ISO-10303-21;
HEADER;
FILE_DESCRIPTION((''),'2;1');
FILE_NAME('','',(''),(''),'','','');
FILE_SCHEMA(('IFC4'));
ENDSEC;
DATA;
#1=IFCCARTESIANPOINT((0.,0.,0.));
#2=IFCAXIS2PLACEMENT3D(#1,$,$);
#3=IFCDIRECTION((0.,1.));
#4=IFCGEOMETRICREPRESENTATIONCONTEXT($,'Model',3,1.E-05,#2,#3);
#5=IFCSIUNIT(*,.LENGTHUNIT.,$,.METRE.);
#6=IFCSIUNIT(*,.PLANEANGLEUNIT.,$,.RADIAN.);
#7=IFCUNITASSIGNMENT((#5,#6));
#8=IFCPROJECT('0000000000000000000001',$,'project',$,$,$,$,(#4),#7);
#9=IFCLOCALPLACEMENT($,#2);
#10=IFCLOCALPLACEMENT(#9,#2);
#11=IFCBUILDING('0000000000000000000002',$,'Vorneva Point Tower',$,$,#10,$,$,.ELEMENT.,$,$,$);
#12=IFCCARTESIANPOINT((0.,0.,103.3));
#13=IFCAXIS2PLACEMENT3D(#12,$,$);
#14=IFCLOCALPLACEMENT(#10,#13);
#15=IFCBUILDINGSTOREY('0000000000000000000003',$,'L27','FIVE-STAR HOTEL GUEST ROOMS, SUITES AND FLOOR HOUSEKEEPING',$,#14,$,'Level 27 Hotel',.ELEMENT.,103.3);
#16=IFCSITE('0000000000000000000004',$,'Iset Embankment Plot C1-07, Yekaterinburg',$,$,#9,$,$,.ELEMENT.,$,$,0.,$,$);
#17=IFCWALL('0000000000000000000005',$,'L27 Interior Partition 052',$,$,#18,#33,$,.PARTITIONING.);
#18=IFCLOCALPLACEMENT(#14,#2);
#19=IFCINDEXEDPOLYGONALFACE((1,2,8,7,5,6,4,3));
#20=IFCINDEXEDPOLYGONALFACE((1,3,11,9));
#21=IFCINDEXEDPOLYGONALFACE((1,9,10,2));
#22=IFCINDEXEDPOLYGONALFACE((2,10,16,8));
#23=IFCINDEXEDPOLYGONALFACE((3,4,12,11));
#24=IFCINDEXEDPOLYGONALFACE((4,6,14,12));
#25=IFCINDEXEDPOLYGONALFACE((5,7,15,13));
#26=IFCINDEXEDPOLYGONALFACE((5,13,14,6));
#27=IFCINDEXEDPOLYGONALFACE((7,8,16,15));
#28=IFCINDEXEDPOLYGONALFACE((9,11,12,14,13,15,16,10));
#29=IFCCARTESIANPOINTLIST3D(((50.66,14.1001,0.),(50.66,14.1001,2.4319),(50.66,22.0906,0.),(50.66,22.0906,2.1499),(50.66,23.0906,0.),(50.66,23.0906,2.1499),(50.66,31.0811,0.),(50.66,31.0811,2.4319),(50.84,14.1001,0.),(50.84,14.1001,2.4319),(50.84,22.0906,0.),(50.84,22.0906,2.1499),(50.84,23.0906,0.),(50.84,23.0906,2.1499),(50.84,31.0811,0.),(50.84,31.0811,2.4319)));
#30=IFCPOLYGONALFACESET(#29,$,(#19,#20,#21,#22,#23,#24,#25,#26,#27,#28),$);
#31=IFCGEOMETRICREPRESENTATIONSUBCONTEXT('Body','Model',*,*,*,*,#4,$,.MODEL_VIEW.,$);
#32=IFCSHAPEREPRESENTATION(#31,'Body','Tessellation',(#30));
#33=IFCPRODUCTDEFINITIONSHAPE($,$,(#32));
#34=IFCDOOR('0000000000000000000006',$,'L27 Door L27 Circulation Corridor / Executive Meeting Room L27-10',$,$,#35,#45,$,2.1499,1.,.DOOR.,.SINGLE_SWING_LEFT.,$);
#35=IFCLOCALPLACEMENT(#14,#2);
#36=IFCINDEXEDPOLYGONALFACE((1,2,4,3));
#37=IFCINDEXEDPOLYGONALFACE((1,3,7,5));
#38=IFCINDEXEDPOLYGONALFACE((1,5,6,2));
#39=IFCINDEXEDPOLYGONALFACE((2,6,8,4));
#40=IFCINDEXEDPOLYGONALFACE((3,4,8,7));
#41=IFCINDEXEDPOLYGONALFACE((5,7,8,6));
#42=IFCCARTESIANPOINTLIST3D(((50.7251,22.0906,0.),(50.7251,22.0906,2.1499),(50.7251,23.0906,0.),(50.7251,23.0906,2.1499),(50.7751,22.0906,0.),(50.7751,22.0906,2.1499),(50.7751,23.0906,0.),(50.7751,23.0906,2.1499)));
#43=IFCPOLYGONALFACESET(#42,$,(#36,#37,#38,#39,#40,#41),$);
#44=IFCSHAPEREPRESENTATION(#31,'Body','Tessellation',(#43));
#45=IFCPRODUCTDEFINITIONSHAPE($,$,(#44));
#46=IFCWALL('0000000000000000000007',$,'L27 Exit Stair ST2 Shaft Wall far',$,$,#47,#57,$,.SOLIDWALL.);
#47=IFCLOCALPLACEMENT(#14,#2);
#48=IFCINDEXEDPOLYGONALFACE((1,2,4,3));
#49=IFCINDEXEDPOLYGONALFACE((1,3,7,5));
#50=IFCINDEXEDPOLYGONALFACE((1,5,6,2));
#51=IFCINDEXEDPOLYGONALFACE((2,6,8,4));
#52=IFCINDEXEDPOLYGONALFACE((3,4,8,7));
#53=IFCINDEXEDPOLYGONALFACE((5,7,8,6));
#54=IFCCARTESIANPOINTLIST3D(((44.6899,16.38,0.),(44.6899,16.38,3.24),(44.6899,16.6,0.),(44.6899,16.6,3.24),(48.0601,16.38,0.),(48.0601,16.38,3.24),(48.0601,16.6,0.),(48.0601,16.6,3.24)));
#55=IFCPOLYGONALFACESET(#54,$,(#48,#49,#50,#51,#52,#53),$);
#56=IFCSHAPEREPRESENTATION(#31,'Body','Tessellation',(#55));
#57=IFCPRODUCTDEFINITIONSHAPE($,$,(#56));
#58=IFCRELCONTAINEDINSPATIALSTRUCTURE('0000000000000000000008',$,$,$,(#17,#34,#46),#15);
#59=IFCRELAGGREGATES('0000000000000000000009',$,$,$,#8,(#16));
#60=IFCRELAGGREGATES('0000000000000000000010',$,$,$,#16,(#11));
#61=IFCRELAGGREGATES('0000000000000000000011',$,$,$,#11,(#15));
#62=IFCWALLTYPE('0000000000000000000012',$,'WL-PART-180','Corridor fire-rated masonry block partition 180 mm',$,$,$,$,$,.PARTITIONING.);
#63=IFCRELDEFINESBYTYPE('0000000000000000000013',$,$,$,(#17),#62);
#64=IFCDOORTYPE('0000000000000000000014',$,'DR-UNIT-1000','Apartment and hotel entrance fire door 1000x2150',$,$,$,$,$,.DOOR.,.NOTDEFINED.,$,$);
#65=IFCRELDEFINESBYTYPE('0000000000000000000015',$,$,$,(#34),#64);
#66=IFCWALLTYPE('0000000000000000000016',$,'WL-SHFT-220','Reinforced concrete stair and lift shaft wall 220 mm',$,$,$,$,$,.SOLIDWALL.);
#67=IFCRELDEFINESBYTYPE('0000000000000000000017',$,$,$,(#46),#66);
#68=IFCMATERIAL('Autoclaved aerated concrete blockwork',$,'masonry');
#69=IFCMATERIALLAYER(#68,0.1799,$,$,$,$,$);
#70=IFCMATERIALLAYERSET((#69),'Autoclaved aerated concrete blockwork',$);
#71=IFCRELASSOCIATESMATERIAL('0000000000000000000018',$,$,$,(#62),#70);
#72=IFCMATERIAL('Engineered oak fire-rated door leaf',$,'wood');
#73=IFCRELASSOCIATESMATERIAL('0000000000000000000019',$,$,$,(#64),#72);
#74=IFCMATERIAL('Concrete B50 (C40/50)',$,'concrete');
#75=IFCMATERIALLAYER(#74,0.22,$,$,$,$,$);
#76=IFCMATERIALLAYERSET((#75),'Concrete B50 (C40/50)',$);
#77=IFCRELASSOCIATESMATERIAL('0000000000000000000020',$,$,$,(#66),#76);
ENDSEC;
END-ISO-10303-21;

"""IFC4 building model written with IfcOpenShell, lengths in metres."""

from ifc_helpers import new_model, si_unit, direction, frame, frame_2d, origin, place, context, subcontext, project, spatial, rectangle, extrude, material, layer, layer_set, type_object, element, fill, save


model = new_model("IFC4")

# Units and contexts
model_context = context("Model", 3, precision=1e-05, world=origin(), true_north=direction((0.0, 1.0)))
body_context = subcontext(model_context, "Body", "Model", "MODEL_VIEW")
ifc_project = project(units=[si_unit("LENGTHUNIT", "METRE"), si_unit("PLANEANGLEUNIT", "RADIAN")], contexts=[model_context])

# Site, building, storey
site_placement = place(None, origin())
site = spatial("IfcSite", under=ifc_project, at=site_placement, Name="Iset Embankment Plot C1-07, Yekaterinburg", CompositionType="ELEMENT", RefElevation=0.0)
building_placement = place(site_placement, origin())
building = spatial("IfcBuilding", under=site, at=building_placement, Name="Vorneva Point Tower", CompositionType="ELEMENT")
storey_placement = place(building_placement, frame((0.0, 0.0, 103.3)))
storey = spatial("IfcBuildingStorey", under=building, at=storey_placement, Name="L27", Description="FIVE-STAR HOTEL GUEST ROOMS, SUITES AND FLOOR HOUSEKEEPING", LongName="Level 27 Hotel", CompositionType="ELEMENT", Elevation=103.3)

# Shared definitions
ifc_material_1 = material(Name="Autoclaved aerated concrete blockwork", Category="masonry")
ifc_layer_1 = layer(ifc_material_1, 0.1799)
ifc_layer_set_1 = layer_set([ifc_layer_1], Name="Autoclaved aerated concrete blockwork")
wall_type_1 = type_object("IfcWallType", Name="WL-PART-180", Description="Corridor fire-rated masonry block partition 180 mm", PredefinedType="PARTITIONING", material=ifc_layer_set_1)

# Wall, opening, door
wall_1_placement = place(storey_placement, frame((50.75, 14.1001, 0.0), z_axis=(0.0, 0.0, 1.0), x_axis=(0.0, 1.0, 0.0)))
wall_1 = element("IfcWall", 1, at=wall_1_placement, inside=storey, type_object=wall_type_1, Name="L27 Interior Partition 052", PredefinedType="PARTITIONING", context=body_context, shape_type="SweptSolid", body=[
    extrude(rectangle(XDim=16.981, YDim=0.1799, at=frame_2d((8.4905, 0.0))), origin(), (0.0, 0.0, 1.0), 2.4319),
])
opening_placement = place(wall_1_placement, frame((7.9905, 0.0, 0.0)))
opening = element("IfcOpeningElement", 2, at=opening_placement, cuts=wall_1, PredefinedType="OPENING", context=body_context, shape_type="SweptSolid", body=[
    extrude(rectangle(XDim=1.0, YDim=2.1499, at=frame_2d((0.5, 1.075))), frame((0.0, 0.105, 0.0), z_axis=(0.0, -1.0, 0.0), x_axis=(1.0, 0.0, 0.0)), (0.0, 0.0, 1.0), 0.2097),
])
ifc_material_2 = material(Name="Engineered oak fire-rated door leaf", Category="wood")
door_type = type_object("IfcDoorType", Name="DR-UNIT-1000", Description="Apartment and hotel entrance fire door 1000x2150", OperationType="NOTDEFINED", PredefinedType="DOOR", material=ifc_material_2)
door_placement = place(opening_placement, origin())
door = element("IfcDoor", 3, at=door_placement, inside=storey, type_object=door_type, Name="L27 Door L27 Circulation Corridor / Executive Meeting Room L27-10", OperationType="SINGLE_SWING_LEFT", OverallHeight=2.1499, OverallWidth=1.0, PredefinedType="DOOR", context=body_context, shape_type="SweptSolid", body=[
    extrude(rectangle(XDim=1.0, YDim=2.1499, at=frame_2d((0.5, 1.075))), frame((0.0, 0.0249, 0.0), z_axis=(0.0, -1.0, 0.0), x_axis=(1.0, 0.0, 0.0)), (0.0, 0.0, 1.0), 0.05),
])
fill(opening, door)

# Wall
ifc_material_3 = material(Name="Concrete B50 (C40/50)", Category="concrete")
ifc_layer_2 = layer(ifc_material_3, 0.22)
ifc_layer_set_2 = layer_set([ifc_layer_2], Name="Concrete B50 (C40/50)")
wall_type_2 = type_object("IfcWallType", Name="WL-SHFT-220", Description="Reinforced concrete stair and lift shaft wall 220 mm", PredefinedType="SOLIDWALL", material=ifc_layer_set_2)
wall_2_placement = place(storey_placement, frame((48.0601, 16.49, 0.0), z_axis=(0.0, 0.0, 1.0), x_axis=(-1.0, 0.0, 0.0)))
element("IfcWall", 4, at=wall_2_placement, inside=storey, type_object=wall_type_2, Name="L27 Exit Stair ST2 Shaft Wall far", PredefinedType="SOLIDWALL", context=body_context, shape_type="SweptSolid", body=[
    extrude(rectangle(XDim=3.3701, YDim=0.22, at=frame_2d((1.6851, 0.0))), origin(), (0.0, 0.0, 1.0), 3.24),
])

save(model, "model.ifc")
